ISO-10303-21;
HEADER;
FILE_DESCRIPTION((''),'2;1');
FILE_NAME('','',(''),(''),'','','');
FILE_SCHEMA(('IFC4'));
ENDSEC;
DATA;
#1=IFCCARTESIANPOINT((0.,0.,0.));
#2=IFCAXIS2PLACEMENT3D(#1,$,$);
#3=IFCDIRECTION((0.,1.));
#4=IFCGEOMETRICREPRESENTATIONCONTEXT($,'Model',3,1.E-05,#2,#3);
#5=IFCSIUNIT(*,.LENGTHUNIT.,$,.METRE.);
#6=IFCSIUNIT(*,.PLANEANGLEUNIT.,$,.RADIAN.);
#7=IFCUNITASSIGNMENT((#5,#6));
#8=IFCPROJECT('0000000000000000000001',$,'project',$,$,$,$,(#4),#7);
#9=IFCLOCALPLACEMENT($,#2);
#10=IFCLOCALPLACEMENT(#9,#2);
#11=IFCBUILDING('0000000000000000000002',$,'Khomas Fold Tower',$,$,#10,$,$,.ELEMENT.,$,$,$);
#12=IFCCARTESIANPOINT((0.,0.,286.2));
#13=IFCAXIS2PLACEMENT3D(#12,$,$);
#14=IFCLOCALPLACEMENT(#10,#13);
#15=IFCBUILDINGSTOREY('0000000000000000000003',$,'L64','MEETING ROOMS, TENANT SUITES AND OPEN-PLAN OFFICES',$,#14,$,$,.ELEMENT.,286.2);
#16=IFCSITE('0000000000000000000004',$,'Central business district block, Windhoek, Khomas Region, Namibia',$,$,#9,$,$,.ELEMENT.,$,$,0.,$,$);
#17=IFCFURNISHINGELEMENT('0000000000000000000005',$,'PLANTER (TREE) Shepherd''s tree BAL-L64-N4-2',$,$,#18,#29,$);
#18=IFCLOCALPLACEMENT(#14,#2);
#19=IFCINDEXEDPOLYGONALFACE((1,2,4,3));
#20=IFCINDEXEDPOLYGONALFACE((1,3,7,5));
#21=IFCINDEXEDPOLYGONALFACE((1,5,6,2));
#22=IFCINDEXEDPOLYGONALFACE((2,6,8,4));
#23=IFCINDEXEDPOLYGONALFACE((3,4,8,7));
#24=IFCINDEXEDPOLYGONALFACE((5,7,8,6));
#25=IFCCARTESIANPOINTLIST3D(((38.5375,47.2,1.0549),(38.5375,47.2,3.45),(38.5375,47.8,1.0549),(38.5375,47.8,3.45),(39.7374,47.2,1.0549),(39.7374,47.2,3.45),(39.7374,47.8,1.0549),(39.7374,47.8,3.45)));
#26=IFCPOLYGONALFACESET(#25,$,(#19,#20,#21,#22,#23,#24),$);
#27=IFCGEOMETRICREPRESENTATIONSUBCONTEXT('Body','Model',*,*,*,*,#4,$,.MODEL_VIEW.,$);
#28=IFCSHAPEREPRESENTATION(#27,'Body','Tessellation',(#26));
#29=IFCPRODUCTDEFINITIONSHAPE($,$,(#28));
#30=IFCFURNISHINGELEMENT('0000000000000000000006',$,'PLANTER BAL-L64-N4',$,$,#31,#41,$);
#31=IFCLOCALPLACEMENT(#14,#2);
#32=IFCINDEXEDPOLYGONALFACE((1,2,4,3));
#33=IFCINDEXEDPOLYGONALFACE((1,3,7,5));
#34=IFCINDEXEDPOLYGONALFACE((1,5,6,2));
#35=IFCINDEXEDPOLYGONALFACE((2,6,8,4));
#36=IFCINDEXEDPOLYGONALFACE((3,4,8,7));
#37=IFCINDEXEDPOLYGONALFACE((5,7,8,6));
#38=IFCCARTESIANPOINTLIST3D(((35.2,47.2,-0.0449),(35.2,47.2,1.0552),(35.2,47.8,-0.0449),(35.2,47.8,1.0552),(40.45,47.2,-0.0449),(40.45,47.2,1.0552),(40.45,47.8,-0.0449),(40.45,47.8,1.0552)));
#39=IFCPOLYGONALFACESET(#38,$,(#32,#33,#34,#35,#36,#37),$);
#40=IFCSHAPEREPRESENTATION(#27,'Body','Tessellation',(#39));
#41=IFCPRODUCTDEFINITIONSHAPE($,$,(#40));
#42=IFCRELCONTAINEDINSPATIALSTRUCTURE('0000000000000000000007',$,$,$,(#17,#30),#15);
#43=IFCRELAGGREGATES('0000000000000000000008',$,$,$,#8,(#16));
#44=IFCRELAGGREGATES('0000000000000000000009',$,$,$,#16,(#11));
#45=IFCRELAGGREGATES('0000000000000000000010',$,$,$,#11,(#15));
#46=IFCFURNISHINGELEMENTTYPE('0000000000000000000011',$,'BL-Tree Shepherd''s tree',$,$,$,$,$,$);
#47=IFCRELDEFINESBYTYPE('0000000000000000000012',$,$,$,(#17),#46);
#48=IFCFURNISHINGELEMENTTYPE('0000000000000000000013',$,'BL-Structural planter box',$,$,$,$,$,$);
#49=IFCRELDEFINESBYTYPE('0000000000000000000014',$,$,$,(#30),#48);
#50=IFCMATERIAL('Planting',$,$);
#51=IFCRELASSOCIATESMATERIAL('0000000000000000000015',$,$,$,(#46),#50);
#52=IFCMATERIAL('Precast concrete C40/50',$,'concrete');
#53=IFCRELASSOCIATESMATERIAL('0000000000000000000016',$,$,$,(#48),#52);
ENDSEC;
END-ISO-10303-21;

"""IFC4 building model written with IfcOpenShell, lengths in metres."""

from ifc_helpers import new_model, si_unit, direction, frame, origin, origin_2d, place, context, subcontext, project, spatial, rectangle, extrude, source, transform, mapped, material, type_object, element, save


model = new_model("IFC4")

# Units and contexts
model_context = context("Model", 3, precision=1e-05, world=origin(), true_north=direction((0.0, 1.0)))
body_context = subcontext(model_context, "Body", "Model", "MODEL_VIEW")
ifc_project = project(units=[si_unit("LENGTHUNIT", "METRE"), si_unit("PLANEANGLEUNIT", "RADIAN")], contexts=[model_context])

# Site, building, storey
site_placement = place(None, origin())
site = spatial("IfcSite", under=ifc_project, at=site_placement, Name="Central business district block, Windhoek, Khomas Region, Namibia", CompositionType="ELEMENT", RefElevation=0.0)
building_placement = place(site_placement, origin())
building = spatial("IfcBuilding", under=site, at=building_placement, Name="Khomas Fold Tower", CompositionType="ELEMENT")
storey_placement = place(building_placement, frame((0.0, 0.0, 286.2)))
storey = spatial("IfcBuildingStorey", under=building, at=storey_placement, Name="L64", Description="MEETING ROOMS, TENANT SUITES AND OPEN-PLAN OFFICES", CompositionType="ELEMENT", Elevation=286.2)

# Furnishing elements
shared_shape_1 = source(origin(), body_context, "Body", "SweptSolid", [
    extrude(rectangle(XDim=1.2, YDim=0.6001, at=origin_2d()), origin(), (0.0, 0.0, 1.0), 2.395),
])
ifc_material_1 = material(Name="Planting")
furnishing_element_type_1 = type_object("IfcFurnishingElementType", Name="BL-Tree Shepherd's tree", material=ifc_material_1)
furnishing_1_placement = place(storey_placement, frame((39.1375, 47.5, 1.0549), z_axis=(0.0, 0.0, 1.0), x_axis=(1.0, 0.0, 0.0)))
element("IfcFurnishingElement", 1, at=furnishing_1_placement, inside=storey, type_object=furnishing_element_type_1, Name="PLANTER (TREE) Shepherd's tree BAL-L64-N4-2", context=body_context, shape_type="MappedRepresentation", body=[
    mapped(shared_shape_1, transform((0.0, 0.0, 0.0))),
])
ifc_material_2 = material(Name="Precast concrete C40/50", Category="concrete")
furnishing_element_type_2 = type_object("IfcFurnishingElementType", Name="BL-Structural planter box", material=ifc_material_2)
shared_shape_2 = source(origin(), body_context, "Body", "SweptSolid", [
    extrude(rectangle(XDim=5.25, YDim=0.6001, at=origin_2d()), origin(), (0.0, 0.0, 1.0), 1.1001),
])
furnishing_2_placement = place(storey_placement, frame((37.825, 47.5, -0.0449), z_axis=(0.0, 0.0, 1.0), x_axis=(1.0, 0.0, 0.0)))
element("IfcFurnishingElement", 2, at=furnishing_2_placement, inside=storey, type_object=furnishing_element_type_2, Name="PLANTER BAL-L64-N4", context=body_context, shape_type="MappedRepresentation", body=[
    mapped(shared_shape_2, transform((0.0, 0.0, 0.0))),
])

save(model, "model.ifc")
